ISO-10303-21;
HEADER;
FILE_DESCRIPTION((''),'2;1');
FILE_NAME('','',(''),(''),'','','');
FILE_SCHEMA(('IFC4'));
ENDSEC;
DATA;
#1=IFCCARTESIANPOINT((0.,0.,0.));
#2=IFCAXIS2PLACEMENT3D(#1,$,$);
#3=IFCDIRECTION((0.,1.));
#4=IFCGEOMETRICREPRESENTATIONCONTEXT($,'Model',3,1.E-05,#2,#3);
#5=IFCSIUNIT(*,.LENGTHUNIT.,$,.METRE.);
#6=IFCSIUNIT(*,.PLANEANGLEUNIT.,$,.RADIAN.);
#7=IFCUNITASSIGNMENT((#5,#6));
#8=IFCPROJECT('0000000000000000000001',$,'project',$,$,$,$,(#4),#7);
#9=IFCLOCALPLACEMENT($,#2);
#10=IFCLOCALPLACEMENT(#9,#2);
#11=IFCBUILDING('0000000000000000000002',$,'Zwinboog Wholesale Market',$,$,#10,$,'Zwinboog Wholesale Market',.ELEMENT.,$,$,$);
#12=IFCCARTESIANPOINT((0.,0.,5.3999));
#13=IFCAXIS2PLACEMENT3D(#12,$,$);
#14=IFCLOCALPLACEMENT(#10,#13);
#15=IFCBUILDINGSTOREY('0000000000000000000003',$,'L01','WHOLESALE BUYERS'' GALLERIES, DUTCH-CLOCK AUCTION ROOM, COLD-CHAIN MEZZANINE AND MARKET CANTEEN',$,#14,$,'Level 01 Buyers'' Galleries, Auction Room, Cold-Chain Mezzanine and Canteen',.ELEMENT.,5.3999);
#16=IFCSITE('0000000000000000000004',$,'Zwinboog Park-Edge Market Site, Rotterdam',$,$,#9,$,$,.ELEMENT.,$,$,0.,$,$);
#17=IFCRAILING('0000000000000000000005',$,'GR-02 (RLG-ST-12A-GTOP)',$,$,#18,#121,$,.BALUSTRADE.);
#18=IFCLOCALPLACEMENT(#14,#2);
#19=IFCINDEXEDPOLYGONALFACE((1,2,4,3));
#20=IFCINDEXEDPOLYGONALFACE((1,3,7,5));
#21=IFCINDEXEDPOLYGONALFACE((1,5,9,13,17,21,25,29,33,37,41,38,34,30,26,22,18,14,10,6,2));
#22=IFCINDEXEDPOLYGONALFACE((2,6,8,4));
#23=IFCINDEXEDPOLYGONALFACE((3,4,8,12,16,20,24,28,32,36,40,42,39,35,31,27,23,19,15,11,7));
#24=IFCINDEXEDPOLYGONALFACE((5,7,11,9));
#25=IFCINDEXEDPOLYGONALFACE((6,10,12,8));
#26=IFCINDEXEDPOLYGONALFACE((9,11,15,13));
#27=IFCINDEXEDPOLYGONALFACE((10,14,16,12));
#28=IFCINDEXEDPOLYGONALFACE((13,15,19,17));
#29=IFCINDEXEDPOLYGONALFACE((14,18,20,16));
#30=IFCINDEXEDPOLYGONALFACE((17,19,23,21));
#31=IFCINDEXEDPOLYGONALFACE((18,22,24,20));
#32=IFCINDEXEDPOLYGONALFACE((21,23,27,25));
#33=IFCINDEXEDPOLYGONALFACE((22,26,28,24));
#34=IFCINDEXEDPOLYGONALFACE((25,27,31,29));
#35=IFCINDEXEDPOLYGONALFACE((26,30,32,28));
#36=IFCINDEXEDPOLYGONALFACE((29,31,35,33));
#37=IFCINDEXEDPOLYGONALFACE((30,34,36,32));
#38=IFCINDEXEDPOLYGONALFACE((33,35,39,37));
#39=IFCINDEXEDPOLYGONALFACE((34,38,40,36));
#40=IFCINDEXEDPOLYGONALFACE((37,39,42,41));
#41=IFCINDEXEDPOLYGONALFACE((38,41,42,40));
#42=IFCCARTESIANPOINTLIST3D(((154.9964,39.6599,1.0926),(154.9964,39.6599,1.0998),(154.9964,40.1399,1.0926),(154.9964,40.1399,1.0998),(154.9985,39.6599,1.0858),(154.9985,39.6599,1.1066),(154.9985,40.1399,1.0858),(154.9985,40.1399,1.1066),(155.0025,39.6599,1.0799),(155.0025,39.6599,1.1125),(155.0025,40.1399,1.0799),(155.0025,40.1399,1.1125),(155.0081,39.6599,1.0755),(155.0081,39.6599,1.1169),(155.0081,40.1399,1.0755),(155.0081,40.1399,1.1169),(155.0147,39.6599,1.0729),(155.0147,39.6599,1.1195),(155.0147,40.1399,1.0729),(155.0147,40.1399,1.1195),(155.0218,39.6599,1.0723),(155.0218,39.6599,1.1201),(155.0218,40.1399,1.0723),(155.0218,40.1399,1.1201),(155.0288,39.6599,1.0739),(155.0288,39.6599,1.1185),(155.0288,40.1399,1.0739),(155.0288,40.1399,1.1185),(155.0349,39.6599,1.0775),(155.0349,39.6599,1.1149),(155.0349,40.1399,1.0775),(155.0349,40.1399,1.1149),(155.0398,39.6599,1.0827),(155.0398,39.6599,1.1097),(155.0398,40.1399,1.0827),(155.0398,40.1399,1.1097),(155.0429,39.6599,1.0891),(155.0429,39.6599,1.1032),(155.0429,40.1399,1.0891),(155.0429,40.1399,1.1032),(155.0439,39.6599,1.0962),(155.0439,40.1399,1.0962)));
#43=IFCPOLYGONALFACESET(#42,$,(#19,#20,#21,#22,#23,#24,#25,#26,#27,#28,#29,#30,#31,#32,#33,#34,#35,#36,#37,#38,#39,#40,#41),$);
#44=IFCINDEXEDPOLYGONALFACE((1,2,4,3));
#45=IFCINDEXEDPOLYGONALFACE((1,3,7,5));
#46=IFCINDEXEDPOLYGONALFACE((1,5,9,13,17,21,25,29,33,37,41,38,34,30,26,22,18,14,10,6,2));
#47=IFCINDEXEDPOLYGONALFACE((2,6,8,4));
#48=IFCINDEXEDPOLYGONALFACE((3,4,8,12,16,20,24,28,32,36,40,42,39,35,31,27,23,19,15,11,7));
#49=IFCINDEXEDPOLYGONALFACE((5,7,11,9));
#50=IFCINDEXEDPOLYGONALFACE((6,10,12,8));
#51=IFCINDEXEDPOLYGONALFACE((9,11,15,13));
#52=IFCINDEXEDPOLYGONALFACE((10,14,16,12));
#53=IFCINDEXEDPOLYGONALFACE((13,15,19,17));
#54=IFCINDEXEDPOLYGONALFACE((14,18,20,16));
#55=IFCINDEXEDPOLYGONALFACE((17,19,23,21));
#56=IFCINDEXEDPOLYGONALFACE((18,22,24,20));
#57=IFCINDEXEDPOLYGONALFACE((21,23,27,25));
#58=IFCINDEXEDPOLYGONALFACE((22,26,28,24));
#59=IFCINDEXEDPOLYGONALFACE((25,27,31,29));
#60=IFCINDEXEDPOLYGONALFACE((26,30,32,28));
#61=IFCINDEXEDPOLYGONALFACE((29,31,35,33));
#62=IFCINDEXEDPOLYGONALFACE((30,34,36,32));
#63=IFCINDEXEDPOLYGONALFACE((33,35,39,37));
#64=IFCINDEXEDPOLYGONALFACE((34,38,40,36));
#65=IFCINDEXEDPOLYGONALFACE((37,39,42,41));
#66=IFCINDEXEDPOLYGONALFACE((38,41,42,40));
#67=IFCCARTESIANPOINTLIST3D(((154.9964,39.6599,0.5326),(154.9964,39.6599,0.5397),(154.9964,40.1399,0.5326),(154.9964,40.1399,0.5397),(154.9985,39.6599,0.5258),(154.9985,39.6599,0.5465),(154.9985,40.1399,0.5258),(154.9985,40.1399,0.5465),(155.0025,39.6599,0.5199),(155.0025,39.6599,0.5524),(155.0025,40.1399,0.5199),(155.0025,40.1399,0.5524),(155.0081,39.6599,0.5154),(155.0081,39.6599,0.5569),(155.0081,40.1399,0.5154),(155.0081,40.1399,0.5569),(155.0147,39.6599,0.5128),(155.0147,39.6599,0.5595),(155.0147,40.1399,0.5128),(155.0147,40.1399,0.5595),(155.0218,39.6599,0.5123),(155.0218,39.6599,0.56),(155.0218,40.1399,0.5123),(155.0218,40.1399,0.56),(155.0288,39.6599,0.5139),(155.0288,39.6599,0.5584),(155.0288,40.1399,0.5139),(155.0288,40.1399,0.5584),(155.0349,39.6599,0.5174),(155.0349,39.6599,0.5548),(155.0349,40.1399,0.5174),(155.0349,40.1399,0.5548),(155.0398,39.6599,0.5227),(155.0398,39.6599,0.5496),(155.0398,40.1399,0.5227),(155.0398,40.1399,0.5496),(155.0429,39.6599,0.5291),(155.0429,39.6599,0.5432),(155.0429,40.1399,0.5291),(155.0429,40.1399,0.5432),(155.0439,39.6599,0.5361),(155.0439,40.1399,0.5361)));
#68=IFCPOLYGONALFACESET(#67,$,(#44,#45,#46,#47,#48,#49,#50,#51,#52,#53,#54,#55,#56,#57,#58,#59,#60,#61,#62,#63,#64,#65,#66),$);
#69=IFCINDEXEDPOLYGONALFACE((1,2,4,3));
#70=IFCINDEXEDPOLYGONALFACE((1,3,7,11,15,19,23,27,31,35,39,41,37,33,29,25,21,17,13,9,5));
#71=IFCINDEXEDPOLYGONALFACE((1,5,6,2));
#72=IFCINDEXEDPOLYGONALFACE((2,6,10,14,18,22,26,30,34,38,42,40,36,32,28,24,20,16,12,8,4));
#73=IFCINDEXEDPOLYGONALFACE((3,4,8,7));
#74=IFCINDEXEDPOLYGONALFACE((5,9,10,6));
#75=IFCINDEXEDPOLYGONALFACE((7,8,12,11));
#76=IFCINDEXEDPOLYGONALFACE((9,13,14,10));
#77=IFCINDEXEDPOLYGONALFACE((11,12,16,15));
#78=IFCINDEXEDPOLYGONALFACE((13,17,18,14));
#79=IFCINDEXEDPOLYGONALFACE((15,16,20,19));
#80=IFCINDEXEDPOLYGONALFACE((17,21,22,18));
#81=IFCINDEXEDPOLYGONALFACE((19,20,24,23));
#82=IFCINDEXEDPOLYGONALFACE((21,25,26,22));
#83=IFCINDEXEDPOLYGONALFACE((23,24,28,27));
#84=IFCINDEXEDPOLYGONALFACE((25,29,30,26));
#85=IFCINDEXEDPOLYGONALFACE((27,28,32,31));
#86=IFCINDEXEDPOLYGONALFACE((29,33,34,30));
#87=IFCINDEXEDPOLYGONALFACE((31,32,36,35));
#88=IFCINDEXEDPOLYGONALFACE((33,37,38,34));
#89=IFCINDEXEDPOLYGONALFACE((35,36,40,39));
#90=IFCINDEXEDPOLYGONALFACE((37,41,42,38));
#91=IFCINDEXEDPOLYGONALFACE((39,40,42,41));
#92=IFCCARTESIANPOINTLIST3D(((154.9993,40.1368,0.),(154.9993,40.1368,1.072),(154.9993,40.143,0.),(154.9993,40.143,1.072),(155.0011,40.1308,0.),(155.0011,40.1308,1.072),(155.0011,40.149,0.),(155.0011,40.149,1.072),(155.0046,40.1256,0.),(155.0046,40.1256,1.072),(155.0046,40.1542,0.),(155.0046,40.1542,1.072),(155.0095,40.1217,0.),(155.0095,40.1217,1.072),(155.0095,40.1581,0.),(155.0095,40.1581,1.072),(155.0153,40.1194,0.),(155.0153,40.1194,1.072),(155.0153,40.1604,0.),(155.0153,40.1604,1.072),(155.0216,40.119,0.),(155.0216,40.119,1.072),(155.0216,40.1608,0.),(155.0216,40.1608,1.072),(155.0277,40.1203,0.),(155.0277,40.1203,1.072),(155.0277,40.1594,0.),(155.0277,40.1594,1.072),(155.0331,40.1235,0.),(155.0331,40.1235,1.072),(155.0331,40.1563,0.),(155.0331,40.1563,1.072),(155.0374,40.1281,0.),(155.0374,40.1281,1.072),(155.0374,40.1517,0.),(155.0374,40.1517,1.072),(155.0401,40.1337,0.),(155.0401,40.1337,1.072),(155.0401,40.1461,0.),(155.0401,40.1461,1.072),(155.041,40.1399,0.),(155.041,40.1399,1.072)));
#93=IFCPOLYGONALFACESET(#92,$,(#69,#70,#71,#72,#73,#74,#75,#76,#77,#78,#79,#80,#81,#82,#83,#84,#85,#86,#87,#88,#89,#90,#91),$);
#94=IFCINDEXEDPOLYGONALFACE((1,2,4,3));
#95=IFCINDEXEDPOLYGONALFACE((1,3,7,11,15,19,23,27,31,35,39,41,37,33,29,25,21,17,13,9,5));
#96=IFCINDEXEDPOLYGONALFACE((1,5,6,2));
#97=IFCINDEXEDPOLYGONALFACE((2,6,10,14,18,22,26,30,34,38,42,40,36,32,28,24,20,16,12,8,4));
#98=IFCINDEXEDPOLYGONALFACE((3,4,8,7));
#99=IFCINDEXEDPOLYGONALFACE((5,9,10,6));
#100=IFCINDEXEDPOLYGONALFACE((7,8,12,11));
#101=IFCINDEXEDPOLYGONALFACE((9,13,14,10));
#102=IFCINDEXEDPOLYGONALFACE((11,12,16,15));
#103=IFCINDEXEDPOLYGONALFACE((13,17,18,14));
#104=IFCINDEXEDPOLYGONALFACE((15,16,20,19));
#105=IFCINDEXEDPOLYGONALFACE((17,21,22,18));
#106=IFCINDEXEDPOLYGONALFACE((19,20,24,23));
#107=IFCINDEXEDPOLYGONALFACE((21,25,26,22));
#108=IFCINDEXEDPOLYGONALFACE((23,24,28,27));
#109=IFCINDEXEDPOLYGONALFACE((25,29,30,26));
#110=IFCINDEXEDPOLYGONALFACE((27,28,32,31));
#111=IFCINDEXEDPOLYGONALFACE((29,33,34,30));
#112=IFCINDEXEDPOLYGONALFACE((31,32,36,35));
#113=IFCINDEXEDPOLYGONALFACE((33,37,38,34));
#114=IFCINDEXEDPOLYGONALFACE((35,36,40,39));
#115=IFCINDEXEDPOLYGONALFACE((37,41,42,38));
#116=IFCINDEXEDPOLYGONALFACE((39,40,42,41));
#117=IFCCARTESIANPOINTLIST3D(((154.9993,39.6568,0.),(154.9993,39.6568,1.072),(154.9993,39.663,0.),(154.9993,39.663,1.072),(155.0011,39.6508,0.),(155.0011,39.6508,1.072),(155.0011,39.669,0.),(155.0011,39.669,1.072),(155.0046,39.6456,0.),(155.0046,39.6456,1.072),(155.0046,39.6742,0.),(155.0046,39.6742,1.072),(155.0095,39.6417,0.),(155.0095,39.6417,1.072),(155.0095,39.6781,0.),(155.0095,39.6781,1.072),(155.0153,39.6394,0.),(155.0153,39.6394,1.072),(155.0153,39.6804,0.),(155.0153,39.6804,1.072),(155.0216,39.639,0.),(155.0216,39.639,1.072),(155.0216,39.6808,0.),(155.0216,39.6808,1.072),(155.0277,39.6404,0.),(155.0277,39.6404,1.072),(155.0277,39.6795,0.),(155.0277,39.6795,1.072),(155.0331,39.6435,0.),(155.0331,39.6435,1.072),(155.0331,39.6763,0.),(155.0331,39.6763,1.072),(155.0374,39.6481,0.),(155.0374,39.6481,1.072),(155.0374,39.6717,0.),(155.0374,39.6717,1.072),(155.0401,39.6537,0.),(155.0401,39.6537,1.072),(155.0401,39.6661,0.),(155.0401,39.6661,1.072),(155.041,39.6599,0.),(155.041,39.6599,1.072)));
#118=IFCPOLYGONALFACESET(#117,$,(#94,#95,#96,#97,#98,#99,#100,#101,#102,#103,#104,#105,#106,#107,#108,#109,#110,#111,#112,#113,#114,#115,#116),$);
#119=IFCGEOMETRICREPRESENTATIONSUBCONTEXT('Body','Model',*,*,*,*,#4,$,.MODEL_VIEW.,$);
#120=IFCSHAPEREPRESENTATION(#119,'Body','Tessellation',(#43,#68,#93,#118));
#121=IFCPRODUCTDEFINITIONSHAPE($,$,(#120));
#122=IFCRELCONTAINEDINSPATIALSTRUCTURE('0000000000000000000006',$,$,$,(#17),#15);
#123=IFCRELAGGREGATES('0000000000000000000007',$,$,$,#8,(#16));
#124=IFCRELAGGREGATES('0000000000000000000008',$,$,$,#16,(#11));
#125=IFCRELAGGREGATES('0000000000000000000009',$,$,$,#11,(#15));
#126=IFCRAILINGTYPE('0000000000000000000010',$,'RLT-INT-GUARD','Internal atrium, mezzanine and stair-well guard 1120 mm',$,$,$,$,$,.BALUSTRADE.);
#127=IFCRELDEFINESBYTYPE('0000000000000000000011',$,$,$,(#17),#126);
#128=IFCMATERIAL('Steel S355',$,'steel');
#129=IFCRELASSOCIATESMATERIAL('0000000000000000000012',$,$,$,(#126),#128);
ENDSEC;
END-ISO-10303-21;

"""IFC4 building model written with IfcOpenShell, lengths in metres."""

from ifc_helpers import new_model, si_unit, direction, frame, origin, origin_2d, place, context, subcontext, project, spatial, circle, extrude, material, type_object, element, save


model = new_model("IFC4")

# Units and contexts
model_context = context("Model", 3, precision=1e-05, world=origin(), true_north=direction((0.0, 1.0)))
body_context = subcontext(model_context, "Body", "Model", "MODEL_VIEW")
ifc_project = project(units=[si_unit("LENGTHUNIT", "METRE"), si_unit("PLANEANGLEUNIT", "RADIAN")], contexts=[model_context])

# Site, building, storey
site_placement = place(None, origin())
site = spatial("IfcSite", under=ifc_project, at=site_placement, Name="Zwinboog Park-Edge Market Site, Rotterdam", CompositionType="ELEMENT", RefElevation=0.0)
building_placement = place(site_placement, origin())
building = spatial("IfcBuilding", under=site, at=building_placement, Name="Zwinboog Wholesale Market", LongName="Zwinboog Wholesale Market", CompositionType="ELEMENT")
storey_placement = place(building_placement, frame((0.0, 0.0, 5.3999)))
storey = spatial("IfcBuildingStorey", under=building, at=storey_placement, Name="L01", Description="WHOLESALE BUYERS' GALLERIES, DUTCH-CLOCK AUCTION ROOM, COLD-CHAIN MEZZANINE AND MARKET CANTEEN", LongName="Level 01 Buyers' Galleries, Auction Room, Cold-Chain Mezzanine and Canteen", CompositionType="ELEMENT", Elevation=5.3999)

# Shared definitions
ifc_material_1 = material(Name="Steel S355", Category="steel")

# Railing
railing_type_1 = type_object("IfcRailingType", Name="RLT-INT-GUARD", Description="Internal atrium, mezzanine and stair-well guard 1120 mm", PredefinedType="BALUSTRADE", material=ifc_material_1)
railing_1_placement = place(storey_placement, frame((155.02, 40.1399, 0.0)))
element("IfcRailing", 1, at=railing_1_placement, inside=storey, type_object=railing_type_1, Name="GR-02 (RLG-ST-12A-GTOP)", PredefinedType="BALUSTRADE", context=body_context, shape_type="SweptSolid", body=[
    extrude(circle(Radius=0.0239, at=origin_2d()), frame((0.0, 0.0, 1.0962), z_axis=(0.0, -1.0, 0.0), x_axis=(1.0, 0.0, 0.0)), (0.0, 0.0, 1.0), 0.48),
    extrude(circle(Radius=0.0239, at=origin_2d()), frame((0.0, 0.0, 0.5361), z_axis=(0.0, -1.0, 0.0), x_axis=(1.0, 0.0, 0.0)), (0.0, 0.0, 1.0), 0.48),
    extrude(circle(Radius=0.021, at=origin_2d()), origin(), (0.0, 0.0, 1.0), 1.072),
    extrude(circle(Radius=0.021, at=origin_2d()), frame((0.0, -0.48, 0.0)), (0.0, 0.0, 1.0), 1.072),
])

save(model, "model.ifc")
